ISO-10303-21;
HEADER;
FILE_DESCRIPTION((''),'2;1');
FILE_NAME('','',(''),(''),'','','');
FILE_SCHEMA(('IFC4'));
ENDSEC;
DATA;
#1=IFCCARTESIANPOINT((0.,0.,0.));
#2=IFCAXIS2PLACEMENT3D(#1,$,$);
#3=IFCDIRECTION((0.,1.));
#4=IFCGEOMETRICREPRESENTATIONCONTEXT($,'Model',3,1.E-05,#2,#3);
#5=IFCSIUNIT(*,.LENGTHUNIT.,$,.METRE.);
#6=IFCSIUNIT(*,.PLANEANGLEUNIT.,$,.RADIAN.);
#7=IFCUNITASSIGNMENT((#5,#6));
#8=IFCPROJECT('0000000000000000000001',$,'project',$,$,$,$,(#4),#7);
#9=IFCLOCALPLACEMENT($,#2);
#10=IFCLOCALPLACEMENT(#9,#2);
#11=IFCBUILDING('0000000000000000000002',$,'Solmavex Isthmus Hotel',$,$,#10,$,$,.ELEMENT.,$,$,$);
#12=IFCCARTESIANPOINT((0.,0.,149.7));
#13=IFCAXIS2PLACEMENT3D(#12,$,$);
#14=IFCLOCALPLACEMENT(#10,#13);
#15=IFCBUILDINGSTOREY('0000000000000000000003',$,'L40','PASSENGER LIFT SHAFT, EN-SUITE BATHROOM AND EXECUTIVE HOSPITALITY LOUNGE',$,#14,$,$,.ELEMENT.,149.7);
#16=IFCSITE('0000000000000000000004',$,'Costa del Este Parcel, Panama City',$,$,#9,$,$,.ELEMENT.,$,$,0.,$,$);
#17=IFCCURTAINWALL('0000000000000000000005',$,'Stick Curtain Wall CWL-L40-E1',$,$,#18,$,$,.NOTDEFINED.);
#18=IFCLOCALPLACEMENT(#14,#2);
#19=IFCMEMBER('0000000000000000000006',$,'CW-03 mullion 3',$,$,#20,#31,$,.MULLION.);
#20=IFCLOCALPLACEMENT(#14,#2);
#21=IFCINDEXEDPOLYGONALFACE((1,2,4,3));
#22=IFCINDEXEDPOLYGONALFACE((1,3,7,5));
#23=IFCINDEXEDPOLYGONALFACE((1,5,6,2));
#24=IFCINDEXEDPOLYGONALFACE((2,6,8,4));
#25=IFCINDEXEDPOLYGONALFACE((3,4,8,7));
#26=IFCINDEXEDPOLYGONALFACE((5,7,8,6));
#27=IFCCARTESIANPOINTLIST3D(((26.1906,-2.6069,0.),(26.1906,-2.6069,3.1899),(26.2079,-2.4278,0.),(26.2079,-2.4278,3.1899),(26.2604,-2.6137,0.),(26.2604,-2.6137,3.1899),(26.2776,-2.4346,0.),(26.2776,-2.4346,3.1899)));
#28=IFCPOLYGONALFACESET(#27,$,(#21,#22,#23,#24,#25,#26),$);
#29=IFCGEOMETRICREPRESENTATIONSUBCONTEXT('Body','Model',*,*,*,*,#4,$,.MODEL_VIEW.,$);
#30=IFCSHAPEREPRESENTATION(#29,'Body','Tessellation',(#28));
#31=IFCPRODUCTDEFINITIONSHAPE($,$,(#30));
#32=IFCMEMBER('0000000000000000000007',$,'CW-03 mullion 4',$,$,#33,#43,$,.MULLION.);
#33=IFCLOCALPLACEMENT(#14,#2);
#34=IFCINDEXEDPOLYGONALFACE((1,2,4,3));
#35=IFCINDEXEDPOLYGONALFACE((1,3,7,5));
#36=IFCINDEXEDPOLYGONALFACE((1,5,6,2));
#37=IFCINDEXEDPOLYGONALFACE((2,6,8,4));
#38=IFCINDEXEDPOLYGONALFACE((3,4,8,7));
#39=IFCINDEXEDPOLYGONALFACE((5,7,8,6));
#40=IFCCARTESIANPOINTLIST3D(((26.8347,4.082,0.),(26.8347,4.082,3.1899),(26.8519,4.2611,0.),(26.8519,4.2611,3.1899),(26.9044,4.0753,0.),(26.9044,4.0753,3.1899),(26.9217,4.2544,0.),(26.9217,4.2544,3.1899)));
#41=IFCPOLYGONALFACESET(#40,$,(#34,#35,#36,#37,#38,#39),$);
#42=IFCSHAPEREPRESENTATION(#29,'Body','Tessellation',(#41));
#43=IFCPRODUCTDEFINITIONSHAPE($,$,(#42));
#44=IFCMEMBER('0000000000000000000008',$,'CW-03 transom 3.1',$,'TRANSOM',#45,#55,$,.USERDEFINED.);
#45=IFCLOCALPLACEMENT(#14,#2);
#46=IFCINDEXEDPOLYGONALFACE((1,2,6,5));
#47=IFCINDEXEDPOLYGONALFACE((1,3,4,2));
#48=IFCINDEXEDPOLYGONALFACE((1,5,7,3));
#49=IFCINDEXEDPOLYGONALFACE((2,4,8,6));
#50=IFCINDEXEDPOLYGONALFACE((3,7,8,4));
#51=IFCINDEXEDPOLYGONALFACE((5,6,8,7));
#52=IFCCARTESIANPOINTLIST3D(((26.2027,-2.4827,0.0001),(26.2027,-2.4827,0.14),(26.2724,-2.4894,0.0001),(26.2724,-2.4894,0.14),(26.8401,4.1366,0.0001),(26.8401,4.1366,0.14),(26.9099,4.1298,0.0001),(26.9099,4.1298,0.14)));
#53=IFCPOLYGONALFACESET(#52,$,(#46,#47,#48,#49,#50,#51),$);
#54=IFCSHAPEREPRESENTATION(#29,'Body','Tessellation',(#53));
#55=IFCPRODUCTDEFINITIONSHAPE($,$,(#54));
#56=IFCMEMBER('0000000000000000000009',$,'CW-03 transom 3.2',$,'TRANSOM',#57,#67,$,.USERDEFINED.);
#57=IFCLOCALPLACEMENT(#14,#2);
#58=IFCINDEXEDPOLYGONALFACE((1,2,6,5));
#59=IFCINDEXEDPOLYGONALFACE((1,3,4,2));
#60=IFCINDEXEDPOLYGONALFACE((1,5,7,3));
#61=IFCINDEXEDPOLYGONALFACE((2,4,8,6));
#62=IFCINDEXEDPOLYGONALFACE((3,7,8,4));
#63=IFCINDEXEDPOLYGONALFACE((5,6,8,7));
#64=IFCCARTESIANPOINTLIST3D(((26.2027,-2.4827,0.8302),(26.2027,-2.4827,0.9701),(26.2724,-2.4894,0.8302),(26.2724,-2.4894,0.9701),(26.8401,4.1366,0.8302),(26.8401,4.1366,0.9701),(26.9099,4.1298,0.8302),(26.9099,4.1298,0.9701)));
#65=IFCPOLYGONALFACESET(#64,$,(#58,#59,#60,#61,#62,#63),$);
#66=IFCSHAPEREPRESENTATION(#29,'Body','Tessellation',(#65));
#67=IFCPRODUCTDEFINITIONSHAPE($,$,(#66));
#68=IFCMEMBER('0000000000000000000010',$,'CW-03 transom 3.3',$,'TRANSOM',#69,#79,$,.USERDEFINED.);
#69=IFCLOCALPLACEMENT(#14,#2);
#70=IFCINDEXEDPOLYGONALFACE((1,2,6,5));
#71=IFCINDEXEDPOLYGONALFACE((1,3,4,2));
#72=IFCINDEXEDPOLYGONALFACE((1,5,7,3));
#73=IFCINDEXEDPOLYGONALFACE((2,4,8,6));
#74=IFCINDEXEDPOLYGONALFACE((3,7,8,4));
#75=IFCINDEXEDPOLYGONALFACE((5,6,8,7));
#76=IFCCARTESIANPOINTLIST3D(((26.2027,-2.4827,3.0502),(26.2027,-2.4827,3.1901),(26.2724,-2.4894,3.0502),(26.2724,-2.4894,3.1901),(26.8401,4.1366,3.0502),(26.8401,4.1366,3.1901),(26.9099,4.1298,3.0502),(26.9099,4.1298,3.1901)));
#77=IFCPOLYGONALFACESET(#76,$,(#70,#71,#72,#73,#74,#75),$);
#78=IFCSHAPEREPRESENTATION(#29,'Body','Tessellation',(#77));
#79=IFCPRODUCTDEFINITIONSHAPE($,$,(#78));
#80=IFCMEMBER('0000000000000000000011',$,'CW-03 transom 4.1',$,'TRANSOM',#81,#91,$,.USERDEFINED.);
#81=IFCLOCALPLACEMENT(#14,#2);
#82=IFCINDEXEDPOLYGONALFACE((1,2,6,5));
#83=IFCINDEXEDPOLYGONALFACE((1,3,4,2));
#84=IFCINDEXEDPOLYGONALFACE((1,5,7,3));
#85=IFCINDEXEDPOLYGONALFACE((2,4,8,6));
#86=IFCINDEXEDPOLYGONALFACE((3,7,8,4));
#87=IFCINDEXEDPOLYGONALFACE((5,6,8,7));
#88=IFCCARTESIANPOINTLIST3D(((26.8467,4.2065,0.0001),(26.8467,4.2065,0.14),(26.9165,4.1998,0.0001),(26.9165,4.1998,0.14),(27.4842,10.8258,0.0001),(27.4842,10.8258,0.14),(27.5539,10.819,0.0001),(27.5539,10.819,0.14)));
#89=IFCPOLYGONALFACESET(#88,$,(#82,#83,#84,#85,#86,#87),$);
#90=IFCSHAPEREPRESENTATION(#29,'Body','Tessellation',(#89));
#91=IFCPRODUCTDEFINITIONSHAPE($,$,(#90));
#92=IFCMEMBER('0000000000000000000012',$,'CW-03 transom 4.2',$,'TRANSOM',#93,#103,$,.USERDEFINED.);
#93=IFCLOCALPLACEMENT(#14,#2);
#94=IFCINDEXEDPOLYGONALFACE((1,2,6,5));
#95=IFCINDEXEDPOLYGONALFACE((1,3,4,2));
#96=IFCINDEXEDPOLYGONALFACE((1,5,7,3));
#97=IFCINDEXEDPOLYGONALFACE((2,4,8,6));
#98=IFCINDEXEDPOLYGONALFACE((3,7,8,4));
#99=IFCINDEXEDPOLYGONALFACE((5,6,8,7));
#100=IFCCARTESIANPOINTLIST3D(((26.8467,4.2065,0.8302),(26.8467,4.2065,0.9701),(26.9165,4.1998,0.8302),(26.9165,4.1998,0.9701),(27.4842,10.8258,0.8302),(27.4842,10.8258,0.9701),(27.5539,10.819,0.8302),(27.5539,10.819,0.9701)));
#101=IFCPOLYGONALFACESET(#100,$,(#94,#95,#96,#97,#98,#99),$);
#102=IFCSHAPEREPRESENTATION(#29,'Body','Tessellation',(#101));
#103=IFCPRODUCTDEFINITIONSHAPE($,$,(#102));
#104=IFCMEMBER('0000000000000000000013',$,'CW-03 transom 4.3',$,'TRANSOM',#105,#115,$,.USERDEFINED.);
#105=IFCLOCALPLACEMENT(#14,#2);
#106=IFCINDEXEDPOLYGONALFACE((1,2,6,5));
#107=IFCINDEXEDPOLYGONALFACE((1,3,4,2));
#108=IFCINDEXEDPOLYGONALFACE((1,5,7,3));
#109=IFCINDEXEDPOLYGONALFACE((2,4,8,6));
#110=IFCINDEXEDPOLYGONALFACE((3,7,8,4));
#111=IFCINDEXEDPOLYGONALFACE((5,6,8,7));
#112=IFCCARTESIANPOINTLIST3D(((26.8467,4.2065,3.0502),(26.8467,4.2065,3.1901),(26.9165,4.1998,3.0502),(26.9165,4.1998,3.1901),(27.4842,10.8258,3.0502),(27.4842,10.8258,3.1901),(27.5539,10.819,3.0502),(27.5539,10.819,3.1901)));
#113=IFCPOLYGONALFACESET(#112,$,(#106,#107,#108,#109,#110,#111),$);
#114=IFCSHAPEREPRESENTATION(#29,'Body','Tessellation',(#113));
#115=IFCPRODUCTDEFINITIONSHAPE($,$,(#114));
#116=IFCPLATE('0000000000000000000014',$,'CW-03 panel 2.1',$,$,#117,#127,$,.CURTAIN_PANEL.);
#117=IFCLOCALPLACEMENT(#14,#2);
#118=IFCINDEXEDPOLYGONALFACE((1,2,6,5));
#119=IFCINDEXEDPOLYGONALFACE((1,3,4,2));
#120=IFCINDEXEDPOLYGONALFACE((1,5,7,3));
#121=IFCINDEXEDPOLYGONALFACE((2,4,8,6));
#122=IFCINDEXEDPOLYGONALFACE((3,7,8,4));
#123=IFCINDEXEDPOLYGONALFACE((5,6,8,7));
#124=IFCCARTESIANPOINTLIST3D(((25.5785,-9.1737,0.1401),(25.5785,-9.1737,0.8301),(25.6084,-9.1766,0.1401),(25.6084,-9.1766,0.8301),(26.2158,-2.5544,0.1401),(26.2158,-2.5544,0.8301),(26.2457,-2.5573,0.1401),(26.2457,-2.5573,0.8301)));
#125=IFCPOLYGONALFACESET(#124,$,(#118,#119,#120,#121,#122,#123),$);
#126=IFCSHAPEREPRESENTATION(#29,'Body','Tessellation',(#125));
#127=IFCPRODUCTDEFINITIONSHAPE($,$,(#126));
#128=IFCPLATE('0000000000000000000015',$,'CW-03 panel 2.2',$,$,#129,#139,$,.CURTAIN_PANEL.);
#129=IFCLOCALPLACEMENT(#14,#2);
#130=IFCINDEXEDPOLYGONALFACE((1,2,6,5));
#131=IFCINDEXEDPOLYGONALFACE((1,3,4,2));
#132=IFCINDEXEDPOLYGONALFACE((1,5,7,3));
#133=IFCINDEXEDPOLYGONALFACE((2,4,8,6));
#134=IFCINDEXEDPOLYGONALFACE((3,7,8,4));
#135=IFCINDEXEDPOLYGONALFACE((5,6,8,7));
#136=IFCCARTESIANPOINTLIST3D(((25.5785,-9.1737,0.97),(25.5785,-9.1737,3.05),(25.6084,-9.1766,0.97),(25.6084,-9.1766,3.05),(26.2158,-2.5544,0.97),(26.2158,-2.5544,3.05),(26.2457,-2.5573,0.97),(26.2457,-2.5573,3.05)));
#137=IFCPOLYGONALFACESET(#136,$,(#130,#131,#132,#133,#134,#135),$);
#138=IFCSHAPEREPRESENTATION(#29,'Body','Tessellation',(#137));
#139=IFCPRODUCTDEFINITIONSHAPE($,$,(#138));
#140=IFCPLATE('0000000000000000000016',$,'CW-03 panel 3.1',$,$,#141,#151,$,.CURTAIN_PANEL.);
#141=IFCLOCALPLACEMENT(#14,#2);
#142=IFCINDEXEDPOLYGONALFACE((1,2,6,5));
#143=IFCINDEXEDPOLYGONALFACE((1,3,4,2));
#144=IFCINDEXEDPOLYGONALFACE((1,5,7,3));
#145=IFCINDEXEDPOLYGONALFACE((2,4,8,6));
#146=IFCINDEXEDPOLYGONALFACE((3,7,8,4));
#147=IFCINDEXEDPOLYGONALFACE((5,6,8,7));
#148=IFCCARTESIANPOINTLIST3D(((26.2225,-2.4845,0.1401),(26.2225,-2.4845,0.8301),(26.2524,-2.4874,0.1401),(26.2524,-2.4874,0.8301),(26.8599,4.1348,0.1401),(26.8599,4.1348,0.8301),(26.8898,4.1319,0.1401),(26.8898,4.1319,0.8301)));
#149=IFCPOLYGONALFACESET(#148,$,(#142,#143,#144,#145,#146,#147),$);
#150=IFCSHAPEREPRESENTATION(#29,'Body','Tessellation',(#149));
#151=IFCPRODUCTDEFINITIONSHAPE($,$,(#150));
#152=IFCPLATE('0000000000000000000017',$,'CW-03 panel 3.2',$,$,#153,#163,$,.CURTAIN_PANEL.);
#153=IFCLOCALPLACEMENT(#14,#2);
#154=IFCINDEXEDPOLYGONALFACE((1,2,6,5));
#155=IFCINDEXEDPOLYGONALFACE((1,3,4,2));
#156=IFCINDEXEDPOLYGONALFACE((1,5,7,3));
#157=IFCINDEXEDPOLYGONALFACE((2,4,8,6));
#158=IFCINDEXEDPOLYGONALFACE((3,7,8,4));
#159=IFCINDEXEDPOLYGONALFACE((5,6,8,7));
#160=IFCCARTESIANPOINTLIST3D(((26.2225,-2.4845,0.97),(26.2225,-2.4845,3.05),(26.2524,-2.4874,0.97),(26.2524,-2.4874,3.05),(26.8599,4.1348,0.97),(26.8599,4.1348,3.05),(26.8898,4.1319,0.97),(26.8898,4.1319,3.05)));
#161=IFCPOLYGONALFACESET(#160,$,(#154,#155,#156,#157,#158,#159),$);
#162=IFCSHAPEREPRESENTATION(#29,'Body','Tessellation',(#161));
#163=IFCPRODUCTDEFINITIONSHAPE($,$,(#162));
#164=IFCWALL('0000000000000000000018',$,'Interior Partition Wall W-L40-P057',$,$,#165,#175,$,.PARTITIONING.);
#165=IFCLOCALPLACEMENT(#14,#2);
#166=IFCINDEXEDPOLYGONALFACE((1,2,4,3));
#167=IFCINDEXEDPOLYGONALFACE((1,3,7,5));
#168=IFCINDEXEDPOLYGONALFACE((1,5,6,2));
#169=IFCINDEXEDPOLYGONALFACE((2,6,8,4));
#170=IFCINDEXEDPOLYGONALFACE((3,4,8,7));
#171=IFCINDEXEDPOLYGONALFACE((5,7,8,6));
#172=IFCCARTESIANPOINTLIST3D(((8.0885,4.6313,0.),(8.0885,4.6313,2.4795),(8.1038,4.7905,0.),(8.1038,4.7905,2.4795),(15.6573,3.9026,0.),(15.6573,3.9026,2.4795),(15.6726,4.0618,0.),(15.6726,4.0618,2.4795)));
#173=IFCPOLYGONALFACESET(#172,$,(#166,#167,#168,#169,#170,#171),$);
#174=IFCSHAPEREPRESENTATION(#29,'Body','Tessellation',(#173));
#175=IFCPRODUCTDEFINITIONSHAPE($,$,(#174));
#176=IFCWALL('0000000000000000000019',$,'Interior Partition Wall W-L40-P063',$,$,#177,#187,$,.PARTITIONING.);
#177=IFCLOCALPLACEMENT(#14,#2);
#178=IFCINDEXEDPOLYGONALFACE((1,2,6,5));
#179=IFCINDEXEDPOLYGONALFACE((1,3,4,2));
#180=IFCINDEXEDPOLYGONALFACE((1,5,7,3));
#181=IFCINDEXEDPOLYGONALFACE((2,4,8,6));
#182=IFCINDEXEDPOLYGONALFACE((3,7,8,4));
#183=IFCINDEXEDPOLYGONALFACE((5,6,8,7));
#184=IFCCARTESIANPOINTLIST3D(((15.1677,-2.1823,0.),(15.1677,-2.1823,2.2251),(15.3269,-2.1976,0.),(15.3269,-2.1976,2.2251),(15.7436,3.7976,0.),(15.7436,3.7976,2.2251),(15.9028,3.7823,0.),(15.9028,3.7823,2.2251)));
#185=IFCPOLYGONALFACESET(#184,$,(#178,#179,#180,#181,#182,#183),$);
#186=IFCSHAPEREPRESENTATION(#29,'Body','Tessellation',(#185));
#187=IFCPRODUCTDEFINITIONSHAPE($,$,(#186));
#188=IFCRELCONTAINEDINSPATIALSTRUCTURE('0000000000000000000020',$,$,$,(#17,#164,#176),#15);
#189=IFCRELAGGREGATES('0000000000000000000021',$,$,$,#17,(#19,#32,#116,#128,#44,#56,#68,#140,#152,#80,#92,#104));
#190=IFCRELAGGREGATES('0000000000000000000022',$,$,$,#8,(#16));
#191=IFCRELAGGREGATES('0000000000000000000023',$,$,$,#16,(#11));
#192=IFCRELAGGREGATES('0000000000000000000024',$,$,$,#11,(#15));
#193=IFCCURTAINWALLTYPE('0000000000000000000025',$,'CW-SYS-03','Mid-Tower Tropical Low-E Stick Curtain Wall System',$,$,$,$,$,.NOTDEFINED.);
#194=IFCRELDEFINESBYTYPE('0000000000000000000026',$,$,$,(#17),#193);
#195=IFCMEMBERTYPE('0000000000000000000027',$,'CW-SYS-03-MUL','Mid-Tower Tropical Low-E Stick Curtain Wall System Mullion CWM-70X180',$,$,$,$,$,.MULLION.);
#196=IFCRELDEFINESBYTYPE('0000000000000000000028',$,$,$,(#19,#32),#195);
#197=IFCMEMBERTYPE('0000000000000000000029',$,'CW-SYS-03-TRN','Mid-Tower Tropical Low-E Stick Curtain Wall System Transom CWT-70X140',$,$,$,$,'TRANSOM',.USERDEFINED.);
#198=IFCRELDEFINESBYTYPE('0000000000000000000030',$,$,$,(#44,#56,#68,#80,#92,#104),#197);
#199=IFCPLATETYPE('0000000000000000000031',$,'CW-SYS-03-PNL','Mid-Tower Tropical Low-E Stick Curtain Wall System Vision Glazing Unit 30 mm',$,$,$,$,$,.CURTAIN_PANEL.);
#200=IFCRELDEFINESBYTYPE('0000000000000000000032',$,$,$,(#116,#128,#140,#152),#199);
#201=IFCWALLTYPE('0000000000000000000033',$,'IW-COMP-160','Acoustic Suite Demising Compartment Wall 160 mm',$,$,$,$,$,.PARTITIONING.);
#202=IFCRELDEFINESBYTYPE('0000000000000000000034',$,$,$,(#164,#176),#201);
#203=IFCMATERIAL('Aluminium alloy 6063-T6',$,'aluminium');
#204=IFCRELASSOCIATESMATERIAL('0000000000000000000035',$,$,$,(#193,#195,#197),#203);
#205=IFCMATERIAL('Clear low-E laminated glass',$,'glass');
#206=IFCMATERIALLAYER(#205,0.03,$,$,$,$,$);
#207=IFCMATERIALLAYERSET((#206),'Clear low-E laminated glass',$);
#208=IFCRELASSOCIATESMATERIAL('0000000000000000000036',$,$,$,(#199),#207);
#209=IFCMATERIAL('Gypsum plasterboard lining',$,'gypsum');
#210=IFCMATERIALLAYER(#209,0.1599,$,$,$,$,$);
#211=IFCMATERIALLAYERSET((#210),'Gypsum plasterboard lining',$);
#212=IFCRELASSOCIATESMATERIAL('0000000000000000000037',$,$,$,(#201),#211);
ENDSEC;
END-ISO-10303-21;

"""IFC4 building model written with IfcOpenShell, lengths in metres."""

from ifc_helpers import new_model, si_unit, direction, frame, frame_2d, origin, origin_2d, place, context, subcontext, project, spatial, rectangle, extrude, material, layer, layer_set, material_profile, profile_set, type_object, element, aggregate, save


model = new_model("IFC4")

# Units and contexts
model_context = context("Model", 3, precision=1e-05, world=origin(), true_north=direction((0.0, 1.0)))
body_context = subcontext(model_context, "Body", "Model", "MODEL_VIEW")
ifc_project = project(units=[si_unit("LENGTHUNIT", "METRE"), si_unit("PLANEANGLEUNIT", "RADIAN")], contexts=[model_context])

# Site, building, storey
site_placement = place(None, origin())
site = spatial("IfcSite", under=ifc_project, at=site_placement, Name="Costa del Este Parcel, Panama City", CompositionType="ELEMENT", RefElevation=0.0)
building_placement = place(site_placement, origin())
building = spatial("IfcBuilding", under=site, at=building_placement, Name="Solmavex Isthmus Hotel", CompositionType="ELEMENT")
storey_placement = place(building_placement, frame((0.0, 0.0, 149.7)))
storey = spatial("IfcBuildingStorey", under=building, at=storey_placement, Name="L40", Description="PASSENGER LIFT SHAFT, EN-SUITE BATHROOM AND EXECUTIVE HOSPITALITY LOUNGE", CompositionType="ELEMENT", Elevation=149.7)

# Curtain wall, members, plates
ifc_material_1 = material(Name="Aluminium alloy 6063-T6", Category="aluminium")
curtain_wall_type = type_object("IfcCurtainWallType", Name="CW-SYS-03", Description="Mid-Tower Tropical Low-E Stick Curtain Wall System", PredefinedType="NOTDEFINED", material=ifc_material_1)
curtain_wall_placement = place(storey_placement, origin())
curtain_wall = element("IfcCurtainWall", 1, at=curtain_wall_placement, inside=storey, type_object=curtain_wall_type, Name="Stick Curtain Wall CWL-L40-E1", PredefinedType="NOTDEFINED")
ifc_material_profile_1 = material_profile(ifc_material_1, rectangle(XDim=0.0701, YDim=0.1799, at=origin_2d()), Name="CWM-70X180")
ifc_profile_set_1 = profile_set([ifc_material_profile_1], Name="Aluminium alloy 6063-T6")
member_type_1 = type_object("IfcMemberType", Name="CW-SYS-03-MUL", Description="Mid-Tower Tropical Low-E Stick Curtain Wall System Mullion CWM-70X180", PredefinedType="MULLION", material=ifc_profile_set_1)
member_1_placement = place(storey_placement, frame((26.2341, -2.5208, 0.0), z_axis=(0.0, 0.0, 1.0), x_axis=(-0.995396, 0.095846, 0.0)))
member_1 = element("IfcMember", 2, at=member_1_placement, type_object=member_type_1, Name="CW-03 mullion 3", PredefinedType="MULLION", context=body_context, shape_type="SweptSolid", body=[
    extrude(rectangle(XDim=0.0701, YDim=0.1799, at=origin_2d()), origin(), (0.0, 0.0, 1.0), 3.1899),
])
member_2_placement = place(storey_placement, frame((26.8782, 4.1682, 0.0), z_axis=(0.0, 0.0, 1.0), x_axis=(-0.995396, 0.095846, 0.0)))
member_2 = element("IfcMember", 3, at=member_2_placement, type_object=member_type_1, Name="CW-03 mullion 4", PredefinedType="MULLION", context=body_context, shape_type="SweptSolid", body=[
    extrude(rectangle(XDim=0.0701, YDim=0.1799, at=origin_2d()), origin(), (0.0, 0.0, 1.0), 3.1899),
])
ifc_material_profile_2 = material_profile(ifc_material_1, rectangle(XDim=0.0701, YDim=0.1399, at=origin_2d()), Name="CWT-70X140")
ifc_profile_set_2 = profile_set([ifc_material_profile_2], Name="Aluminium alloy 6063-T6")
member_type_2 = type_object("IfcMemberType", Name="CW-SYS-03-TRN", Description="Mid-Tower Tropical Low-E Stick Curtain Wall System Transom CWT-70X140", ElementType="TRANSOM", PredefinedType="USERDEFINED", material=ifc_profile_set_2)
member_3_placement = place(storey_placement, frame((26.2375, -2.4861, 0.0701), z_axis=(0.095857, 0.995395, 0.0), x_axis=(-0.995395, 0.095857, 0.0)))
member_3 = element("IfcMember", 4, at=member_3_placement, type_object=member_type_2, Name="CW-03 transom 3.1", ObjectType="TRANSOM", PredefinedType="USERDEFINED", context=body_context, shape_type="SweptSolid", body=[
    extrude(rectangle(XDim=0.0701, YDim=0.1399, at=origin_2d()), origin(), (0.0, 0.0, 1.0), 6.6499),
])
member_4_placement = place(storey_placement, frame((26.2375, -2.4861, 0.9001), z_axis=(0.095857, 0.995395, 0.0), x_axis=(-0.995395, 0.095857, 0.0)))
member_4 = element("IfcMember", 5, at=member_4_placement, type_object=member_type_2, Name="CW-03 transom 3.2", ObjectType="TRANSOM", PredefinedType="USERDEFINED", context=body_context, shape_type="SweptSolid", body=[
    extrude(rectangle(XDim=0.0701, YDim=0.1399, at=origin_2d()), origin(), (0.0, 0.0, 1.0), 6.6499),
])
member_5_placement = place(storey_placement, frame((26.2375, -2.4861, 3.1201), z_axis=(0.095857, 0.995395, 0.0), x_axis=(-0.995395, 0.095857, 0.0)))
member_5 = element("IfcMember", 6, at=member_5_placement, type_object=member_type_2, Name="CW-03 transom 3.3", ObjectType="TRANSOM", PredefinedType="USERDEFINED", context=body_context, shape_type="SweptSolid", body=[
    extrude(rectangle(XDim=0.0701, YDim=0.1399, at=origin_2d()), origin(), (0.0, 0.0, 1.0), 6.6499),
])
member_6_placement = place(storey_placement, frame((26.8816, 4.2031, 0.0701), z_axis=(0.095857, 0.995395, 0.0), x_axis=(-0.995395, 0.095857, 0.0)))
member_6 = element("IfcMember", 7, at=member_6_placement, type_object=member_type_2, Name="CW-03 transom 4.1", ObjectType="TRANSOM", PredefinedType="USERDEFINED", context=body_context, shape_type="SweptSolid", body=[
    extrude(rectangle(XDim=0.0701, YDim=0.1399, at=origin_2d()), origin(), (0.0, 0.0, 1.0), 6.6499),
])
member_7_placement = place(storey_placement, frame((26.8816, 4.2031, 0.9001), z_axis=(0.095857, 0.995395, 0.0), x_axis=(-0.995395, 0.095857, 0.0)))
member_7 = element("IfcMember", 8, at=member_7_placement, type_object=member_type_2, Name="CW-03 transom 4.2", ObjectType="TRANSOM", PredefinedType="USERDEFINED", context=body_context, shape_type="SweptSolid", body=[
    extrude(rectangle(XDim=0.0701, YDim=0.1399, at=origin_2d()), origin(), (0.0, 0.0, 1.0), 6.6499),
])
member_8_placement = place(storey_placement, frame((26.8816, 4.2031, 3.1201), z_axis=(0.095857, 0.995395, 0.0), x_axis=(-0.995395, 0.095857, 0.0)))
member_8 = element("IfcMember", 9, at=member_8_placement, type_object=member_type_2, Name="CW-03 transom 4.3", ObjectType="TRANSOM", PredefinedType="USERDEFINED", context=body_context, shape_type="SweptSolid", body=[
    extrude(rectangle(XDim=0.0701, YDim=0.1399, at=origin_2d()), origin(), (0.0, 0.0, 1.0), 6.6499),
])
ifc_material_2 = material(Name="Clear low-E laminated glass", Category="glass")
ifc_layer_1 = layer(ifc_material_2, 0.03)
ifc_layer_set_1 = layer_set([ifc_layer_1], Name="Clear low-E laminated glass")
plate_type = type_object("IfcPlateType", Name="CW-SYS-03-PNL", Description="Mid-Tower Tropical Low-E Stick Curtain Wall System Vision Glazing Unit 30 mm", PredefinedType="CURTAIN_PANEL", material=ifc_layer_set_1)
plate_1_placement = place(storey_placement, frame((25.9121, -5.8655, 0.1401), z_axis=(0.0, 0.0, 1.0), x_axis=(0.095846, 0.995396, 0.0)))
plate_1 = element("IfcPlate", 10, at=plate_1_placement, type_object=plate_type, Name="CW-03 panel 2.1", PredefinedType="CURTAIN_PANEL", context=body_context, shape_type="SweptSolid", body=[
    extrude(rectangle(XDim=6.6499, YDim=0.03, at=origin_2d()), origin(), (0.0, 0.0, 1.0), 0.6899),
])
plate_2_placement = place(storey_placement, frame((25.9121, -5.8655, 0.97), z_axis=(0.0, 0.0, 1.0), x_axis=(0.095846, 0.995396, 0.0)))
plate_2 = element("IfcPlate", 11, at=plate_2_placement, type_object=plate_type, Name="CW-03 panel 2.2", PredefinedType="CURTAIN_PANEL", context=body_context, shape_type="SweptSolid", body=[
    extrude(rectangle(XDim=6.6499, YDim=0.03, at=origin_2d()), origin(), (0.0, 0.0, 1.0), 2.0801),
])
plate_3_placement = place(storey_placement, frame((26.5562, 0.8237, 0.1401), z_axis=(0.0, 0.0, 1.0), x_axis=(0.095846, 0.995396, 0.0)))
plate_3 = element("IfcPlate", 12, at=plate_3_placement, type_object=plate_type, Name="CW-03 panel 3.1", PredefinedType="CURTAIN_PANEL", context=body_context, shape_type="SweptSolid", body=[
    extrude(rectangle(XDim=6.6499, YDim=0.03, at=origin_2d()), origin(), (0.0, 0.0, 1.0), 0.6899),
])
plate_4_placement = place(storey_placement, frame((26.5562, 0.8237, 0.97), z_axis=(0.0, 0.0, 1.0), x_axis=(0.095846, 0.995396, 0.0)))
plate_4 = element("IfcPlate", 13, at=plate_4_placement, type_object=plate_type, Name="CW-03 panel 3.2", PredefinedType="CURTAIN_PANEL", context=body_context, shape_type="SweptSolid", body=[
    extrude(rectangle(XDim=6.6499, YDim=0.03, at=origin_2d()), origin(), (0.0, 0.0, 1.0), 2.0801),
])
aggregate(curtain_wall, [member_1, member_2, plate_1, plate_2, member_3, member_4, member_5, plate_3, plate_4, member_6, member_7, member_8])

# Walls
ifc_material_3 = material(Name="Gypsum plasterboard lining", Category="gypsum")
ifc_layer_2 = layer(ifc_material_3, 0.1599)
ifc_layer_set_2 = layer_set([ifc_layer_2], Name="Gypsum plasterboard lining")
wall_type = type_object("IfcWallType", Name="IW-COMP-160", Description="Acoustic Suite Demising Compartment Wall 160 mm", PredefinedType="PARTITIONING", material=ifc_layer_set_2)
wall_1_placement = place(storey_placement, frame((15.6648, 3.9822, 0.0), z_axis=(0.0, 0.0, 1.0), x_axis=(-0.995397, 0.095841, 0.0)))
element("IfcWall", 14, at=wall_1_placement, inside=storey, type_object=wall_type, Name="Interior Partition Wall W-L40-P057", PredefinedType="PARTITIONING", context=body_context, shape_type="SweptSolid", body=[
    extrude(rectangle(XDim=7.6038, YDim=0.1599, at=frame_2d((3.8018, 0.0))), origin(), (0.0, 0.0, 1.0), 2.4795),
])
wall_2_placement = place(storey_placement, frame((15.8232, 3.79, 0.0), z_axis=(0.0, 0.0, 1.0), x_axis=(-0.095866, -0.995394, 0.0)))
element("IfcWall", 15, at=wall_2_placement, inside=storey, type_object=wall_type, Name="Interior Partition Wall W-L40-P063", PredefinedType="PARTITIONING", context=body_context, shape_type="SweptSolid", body=[
    extrude(rectangle(XDim=6.0076, YDim=0.1599, at=frame_2d((3.0039, 0.0))), origin(), (0.0, 0.0, 1.0), 2.2251),
])

save(model, "model.ifc")
